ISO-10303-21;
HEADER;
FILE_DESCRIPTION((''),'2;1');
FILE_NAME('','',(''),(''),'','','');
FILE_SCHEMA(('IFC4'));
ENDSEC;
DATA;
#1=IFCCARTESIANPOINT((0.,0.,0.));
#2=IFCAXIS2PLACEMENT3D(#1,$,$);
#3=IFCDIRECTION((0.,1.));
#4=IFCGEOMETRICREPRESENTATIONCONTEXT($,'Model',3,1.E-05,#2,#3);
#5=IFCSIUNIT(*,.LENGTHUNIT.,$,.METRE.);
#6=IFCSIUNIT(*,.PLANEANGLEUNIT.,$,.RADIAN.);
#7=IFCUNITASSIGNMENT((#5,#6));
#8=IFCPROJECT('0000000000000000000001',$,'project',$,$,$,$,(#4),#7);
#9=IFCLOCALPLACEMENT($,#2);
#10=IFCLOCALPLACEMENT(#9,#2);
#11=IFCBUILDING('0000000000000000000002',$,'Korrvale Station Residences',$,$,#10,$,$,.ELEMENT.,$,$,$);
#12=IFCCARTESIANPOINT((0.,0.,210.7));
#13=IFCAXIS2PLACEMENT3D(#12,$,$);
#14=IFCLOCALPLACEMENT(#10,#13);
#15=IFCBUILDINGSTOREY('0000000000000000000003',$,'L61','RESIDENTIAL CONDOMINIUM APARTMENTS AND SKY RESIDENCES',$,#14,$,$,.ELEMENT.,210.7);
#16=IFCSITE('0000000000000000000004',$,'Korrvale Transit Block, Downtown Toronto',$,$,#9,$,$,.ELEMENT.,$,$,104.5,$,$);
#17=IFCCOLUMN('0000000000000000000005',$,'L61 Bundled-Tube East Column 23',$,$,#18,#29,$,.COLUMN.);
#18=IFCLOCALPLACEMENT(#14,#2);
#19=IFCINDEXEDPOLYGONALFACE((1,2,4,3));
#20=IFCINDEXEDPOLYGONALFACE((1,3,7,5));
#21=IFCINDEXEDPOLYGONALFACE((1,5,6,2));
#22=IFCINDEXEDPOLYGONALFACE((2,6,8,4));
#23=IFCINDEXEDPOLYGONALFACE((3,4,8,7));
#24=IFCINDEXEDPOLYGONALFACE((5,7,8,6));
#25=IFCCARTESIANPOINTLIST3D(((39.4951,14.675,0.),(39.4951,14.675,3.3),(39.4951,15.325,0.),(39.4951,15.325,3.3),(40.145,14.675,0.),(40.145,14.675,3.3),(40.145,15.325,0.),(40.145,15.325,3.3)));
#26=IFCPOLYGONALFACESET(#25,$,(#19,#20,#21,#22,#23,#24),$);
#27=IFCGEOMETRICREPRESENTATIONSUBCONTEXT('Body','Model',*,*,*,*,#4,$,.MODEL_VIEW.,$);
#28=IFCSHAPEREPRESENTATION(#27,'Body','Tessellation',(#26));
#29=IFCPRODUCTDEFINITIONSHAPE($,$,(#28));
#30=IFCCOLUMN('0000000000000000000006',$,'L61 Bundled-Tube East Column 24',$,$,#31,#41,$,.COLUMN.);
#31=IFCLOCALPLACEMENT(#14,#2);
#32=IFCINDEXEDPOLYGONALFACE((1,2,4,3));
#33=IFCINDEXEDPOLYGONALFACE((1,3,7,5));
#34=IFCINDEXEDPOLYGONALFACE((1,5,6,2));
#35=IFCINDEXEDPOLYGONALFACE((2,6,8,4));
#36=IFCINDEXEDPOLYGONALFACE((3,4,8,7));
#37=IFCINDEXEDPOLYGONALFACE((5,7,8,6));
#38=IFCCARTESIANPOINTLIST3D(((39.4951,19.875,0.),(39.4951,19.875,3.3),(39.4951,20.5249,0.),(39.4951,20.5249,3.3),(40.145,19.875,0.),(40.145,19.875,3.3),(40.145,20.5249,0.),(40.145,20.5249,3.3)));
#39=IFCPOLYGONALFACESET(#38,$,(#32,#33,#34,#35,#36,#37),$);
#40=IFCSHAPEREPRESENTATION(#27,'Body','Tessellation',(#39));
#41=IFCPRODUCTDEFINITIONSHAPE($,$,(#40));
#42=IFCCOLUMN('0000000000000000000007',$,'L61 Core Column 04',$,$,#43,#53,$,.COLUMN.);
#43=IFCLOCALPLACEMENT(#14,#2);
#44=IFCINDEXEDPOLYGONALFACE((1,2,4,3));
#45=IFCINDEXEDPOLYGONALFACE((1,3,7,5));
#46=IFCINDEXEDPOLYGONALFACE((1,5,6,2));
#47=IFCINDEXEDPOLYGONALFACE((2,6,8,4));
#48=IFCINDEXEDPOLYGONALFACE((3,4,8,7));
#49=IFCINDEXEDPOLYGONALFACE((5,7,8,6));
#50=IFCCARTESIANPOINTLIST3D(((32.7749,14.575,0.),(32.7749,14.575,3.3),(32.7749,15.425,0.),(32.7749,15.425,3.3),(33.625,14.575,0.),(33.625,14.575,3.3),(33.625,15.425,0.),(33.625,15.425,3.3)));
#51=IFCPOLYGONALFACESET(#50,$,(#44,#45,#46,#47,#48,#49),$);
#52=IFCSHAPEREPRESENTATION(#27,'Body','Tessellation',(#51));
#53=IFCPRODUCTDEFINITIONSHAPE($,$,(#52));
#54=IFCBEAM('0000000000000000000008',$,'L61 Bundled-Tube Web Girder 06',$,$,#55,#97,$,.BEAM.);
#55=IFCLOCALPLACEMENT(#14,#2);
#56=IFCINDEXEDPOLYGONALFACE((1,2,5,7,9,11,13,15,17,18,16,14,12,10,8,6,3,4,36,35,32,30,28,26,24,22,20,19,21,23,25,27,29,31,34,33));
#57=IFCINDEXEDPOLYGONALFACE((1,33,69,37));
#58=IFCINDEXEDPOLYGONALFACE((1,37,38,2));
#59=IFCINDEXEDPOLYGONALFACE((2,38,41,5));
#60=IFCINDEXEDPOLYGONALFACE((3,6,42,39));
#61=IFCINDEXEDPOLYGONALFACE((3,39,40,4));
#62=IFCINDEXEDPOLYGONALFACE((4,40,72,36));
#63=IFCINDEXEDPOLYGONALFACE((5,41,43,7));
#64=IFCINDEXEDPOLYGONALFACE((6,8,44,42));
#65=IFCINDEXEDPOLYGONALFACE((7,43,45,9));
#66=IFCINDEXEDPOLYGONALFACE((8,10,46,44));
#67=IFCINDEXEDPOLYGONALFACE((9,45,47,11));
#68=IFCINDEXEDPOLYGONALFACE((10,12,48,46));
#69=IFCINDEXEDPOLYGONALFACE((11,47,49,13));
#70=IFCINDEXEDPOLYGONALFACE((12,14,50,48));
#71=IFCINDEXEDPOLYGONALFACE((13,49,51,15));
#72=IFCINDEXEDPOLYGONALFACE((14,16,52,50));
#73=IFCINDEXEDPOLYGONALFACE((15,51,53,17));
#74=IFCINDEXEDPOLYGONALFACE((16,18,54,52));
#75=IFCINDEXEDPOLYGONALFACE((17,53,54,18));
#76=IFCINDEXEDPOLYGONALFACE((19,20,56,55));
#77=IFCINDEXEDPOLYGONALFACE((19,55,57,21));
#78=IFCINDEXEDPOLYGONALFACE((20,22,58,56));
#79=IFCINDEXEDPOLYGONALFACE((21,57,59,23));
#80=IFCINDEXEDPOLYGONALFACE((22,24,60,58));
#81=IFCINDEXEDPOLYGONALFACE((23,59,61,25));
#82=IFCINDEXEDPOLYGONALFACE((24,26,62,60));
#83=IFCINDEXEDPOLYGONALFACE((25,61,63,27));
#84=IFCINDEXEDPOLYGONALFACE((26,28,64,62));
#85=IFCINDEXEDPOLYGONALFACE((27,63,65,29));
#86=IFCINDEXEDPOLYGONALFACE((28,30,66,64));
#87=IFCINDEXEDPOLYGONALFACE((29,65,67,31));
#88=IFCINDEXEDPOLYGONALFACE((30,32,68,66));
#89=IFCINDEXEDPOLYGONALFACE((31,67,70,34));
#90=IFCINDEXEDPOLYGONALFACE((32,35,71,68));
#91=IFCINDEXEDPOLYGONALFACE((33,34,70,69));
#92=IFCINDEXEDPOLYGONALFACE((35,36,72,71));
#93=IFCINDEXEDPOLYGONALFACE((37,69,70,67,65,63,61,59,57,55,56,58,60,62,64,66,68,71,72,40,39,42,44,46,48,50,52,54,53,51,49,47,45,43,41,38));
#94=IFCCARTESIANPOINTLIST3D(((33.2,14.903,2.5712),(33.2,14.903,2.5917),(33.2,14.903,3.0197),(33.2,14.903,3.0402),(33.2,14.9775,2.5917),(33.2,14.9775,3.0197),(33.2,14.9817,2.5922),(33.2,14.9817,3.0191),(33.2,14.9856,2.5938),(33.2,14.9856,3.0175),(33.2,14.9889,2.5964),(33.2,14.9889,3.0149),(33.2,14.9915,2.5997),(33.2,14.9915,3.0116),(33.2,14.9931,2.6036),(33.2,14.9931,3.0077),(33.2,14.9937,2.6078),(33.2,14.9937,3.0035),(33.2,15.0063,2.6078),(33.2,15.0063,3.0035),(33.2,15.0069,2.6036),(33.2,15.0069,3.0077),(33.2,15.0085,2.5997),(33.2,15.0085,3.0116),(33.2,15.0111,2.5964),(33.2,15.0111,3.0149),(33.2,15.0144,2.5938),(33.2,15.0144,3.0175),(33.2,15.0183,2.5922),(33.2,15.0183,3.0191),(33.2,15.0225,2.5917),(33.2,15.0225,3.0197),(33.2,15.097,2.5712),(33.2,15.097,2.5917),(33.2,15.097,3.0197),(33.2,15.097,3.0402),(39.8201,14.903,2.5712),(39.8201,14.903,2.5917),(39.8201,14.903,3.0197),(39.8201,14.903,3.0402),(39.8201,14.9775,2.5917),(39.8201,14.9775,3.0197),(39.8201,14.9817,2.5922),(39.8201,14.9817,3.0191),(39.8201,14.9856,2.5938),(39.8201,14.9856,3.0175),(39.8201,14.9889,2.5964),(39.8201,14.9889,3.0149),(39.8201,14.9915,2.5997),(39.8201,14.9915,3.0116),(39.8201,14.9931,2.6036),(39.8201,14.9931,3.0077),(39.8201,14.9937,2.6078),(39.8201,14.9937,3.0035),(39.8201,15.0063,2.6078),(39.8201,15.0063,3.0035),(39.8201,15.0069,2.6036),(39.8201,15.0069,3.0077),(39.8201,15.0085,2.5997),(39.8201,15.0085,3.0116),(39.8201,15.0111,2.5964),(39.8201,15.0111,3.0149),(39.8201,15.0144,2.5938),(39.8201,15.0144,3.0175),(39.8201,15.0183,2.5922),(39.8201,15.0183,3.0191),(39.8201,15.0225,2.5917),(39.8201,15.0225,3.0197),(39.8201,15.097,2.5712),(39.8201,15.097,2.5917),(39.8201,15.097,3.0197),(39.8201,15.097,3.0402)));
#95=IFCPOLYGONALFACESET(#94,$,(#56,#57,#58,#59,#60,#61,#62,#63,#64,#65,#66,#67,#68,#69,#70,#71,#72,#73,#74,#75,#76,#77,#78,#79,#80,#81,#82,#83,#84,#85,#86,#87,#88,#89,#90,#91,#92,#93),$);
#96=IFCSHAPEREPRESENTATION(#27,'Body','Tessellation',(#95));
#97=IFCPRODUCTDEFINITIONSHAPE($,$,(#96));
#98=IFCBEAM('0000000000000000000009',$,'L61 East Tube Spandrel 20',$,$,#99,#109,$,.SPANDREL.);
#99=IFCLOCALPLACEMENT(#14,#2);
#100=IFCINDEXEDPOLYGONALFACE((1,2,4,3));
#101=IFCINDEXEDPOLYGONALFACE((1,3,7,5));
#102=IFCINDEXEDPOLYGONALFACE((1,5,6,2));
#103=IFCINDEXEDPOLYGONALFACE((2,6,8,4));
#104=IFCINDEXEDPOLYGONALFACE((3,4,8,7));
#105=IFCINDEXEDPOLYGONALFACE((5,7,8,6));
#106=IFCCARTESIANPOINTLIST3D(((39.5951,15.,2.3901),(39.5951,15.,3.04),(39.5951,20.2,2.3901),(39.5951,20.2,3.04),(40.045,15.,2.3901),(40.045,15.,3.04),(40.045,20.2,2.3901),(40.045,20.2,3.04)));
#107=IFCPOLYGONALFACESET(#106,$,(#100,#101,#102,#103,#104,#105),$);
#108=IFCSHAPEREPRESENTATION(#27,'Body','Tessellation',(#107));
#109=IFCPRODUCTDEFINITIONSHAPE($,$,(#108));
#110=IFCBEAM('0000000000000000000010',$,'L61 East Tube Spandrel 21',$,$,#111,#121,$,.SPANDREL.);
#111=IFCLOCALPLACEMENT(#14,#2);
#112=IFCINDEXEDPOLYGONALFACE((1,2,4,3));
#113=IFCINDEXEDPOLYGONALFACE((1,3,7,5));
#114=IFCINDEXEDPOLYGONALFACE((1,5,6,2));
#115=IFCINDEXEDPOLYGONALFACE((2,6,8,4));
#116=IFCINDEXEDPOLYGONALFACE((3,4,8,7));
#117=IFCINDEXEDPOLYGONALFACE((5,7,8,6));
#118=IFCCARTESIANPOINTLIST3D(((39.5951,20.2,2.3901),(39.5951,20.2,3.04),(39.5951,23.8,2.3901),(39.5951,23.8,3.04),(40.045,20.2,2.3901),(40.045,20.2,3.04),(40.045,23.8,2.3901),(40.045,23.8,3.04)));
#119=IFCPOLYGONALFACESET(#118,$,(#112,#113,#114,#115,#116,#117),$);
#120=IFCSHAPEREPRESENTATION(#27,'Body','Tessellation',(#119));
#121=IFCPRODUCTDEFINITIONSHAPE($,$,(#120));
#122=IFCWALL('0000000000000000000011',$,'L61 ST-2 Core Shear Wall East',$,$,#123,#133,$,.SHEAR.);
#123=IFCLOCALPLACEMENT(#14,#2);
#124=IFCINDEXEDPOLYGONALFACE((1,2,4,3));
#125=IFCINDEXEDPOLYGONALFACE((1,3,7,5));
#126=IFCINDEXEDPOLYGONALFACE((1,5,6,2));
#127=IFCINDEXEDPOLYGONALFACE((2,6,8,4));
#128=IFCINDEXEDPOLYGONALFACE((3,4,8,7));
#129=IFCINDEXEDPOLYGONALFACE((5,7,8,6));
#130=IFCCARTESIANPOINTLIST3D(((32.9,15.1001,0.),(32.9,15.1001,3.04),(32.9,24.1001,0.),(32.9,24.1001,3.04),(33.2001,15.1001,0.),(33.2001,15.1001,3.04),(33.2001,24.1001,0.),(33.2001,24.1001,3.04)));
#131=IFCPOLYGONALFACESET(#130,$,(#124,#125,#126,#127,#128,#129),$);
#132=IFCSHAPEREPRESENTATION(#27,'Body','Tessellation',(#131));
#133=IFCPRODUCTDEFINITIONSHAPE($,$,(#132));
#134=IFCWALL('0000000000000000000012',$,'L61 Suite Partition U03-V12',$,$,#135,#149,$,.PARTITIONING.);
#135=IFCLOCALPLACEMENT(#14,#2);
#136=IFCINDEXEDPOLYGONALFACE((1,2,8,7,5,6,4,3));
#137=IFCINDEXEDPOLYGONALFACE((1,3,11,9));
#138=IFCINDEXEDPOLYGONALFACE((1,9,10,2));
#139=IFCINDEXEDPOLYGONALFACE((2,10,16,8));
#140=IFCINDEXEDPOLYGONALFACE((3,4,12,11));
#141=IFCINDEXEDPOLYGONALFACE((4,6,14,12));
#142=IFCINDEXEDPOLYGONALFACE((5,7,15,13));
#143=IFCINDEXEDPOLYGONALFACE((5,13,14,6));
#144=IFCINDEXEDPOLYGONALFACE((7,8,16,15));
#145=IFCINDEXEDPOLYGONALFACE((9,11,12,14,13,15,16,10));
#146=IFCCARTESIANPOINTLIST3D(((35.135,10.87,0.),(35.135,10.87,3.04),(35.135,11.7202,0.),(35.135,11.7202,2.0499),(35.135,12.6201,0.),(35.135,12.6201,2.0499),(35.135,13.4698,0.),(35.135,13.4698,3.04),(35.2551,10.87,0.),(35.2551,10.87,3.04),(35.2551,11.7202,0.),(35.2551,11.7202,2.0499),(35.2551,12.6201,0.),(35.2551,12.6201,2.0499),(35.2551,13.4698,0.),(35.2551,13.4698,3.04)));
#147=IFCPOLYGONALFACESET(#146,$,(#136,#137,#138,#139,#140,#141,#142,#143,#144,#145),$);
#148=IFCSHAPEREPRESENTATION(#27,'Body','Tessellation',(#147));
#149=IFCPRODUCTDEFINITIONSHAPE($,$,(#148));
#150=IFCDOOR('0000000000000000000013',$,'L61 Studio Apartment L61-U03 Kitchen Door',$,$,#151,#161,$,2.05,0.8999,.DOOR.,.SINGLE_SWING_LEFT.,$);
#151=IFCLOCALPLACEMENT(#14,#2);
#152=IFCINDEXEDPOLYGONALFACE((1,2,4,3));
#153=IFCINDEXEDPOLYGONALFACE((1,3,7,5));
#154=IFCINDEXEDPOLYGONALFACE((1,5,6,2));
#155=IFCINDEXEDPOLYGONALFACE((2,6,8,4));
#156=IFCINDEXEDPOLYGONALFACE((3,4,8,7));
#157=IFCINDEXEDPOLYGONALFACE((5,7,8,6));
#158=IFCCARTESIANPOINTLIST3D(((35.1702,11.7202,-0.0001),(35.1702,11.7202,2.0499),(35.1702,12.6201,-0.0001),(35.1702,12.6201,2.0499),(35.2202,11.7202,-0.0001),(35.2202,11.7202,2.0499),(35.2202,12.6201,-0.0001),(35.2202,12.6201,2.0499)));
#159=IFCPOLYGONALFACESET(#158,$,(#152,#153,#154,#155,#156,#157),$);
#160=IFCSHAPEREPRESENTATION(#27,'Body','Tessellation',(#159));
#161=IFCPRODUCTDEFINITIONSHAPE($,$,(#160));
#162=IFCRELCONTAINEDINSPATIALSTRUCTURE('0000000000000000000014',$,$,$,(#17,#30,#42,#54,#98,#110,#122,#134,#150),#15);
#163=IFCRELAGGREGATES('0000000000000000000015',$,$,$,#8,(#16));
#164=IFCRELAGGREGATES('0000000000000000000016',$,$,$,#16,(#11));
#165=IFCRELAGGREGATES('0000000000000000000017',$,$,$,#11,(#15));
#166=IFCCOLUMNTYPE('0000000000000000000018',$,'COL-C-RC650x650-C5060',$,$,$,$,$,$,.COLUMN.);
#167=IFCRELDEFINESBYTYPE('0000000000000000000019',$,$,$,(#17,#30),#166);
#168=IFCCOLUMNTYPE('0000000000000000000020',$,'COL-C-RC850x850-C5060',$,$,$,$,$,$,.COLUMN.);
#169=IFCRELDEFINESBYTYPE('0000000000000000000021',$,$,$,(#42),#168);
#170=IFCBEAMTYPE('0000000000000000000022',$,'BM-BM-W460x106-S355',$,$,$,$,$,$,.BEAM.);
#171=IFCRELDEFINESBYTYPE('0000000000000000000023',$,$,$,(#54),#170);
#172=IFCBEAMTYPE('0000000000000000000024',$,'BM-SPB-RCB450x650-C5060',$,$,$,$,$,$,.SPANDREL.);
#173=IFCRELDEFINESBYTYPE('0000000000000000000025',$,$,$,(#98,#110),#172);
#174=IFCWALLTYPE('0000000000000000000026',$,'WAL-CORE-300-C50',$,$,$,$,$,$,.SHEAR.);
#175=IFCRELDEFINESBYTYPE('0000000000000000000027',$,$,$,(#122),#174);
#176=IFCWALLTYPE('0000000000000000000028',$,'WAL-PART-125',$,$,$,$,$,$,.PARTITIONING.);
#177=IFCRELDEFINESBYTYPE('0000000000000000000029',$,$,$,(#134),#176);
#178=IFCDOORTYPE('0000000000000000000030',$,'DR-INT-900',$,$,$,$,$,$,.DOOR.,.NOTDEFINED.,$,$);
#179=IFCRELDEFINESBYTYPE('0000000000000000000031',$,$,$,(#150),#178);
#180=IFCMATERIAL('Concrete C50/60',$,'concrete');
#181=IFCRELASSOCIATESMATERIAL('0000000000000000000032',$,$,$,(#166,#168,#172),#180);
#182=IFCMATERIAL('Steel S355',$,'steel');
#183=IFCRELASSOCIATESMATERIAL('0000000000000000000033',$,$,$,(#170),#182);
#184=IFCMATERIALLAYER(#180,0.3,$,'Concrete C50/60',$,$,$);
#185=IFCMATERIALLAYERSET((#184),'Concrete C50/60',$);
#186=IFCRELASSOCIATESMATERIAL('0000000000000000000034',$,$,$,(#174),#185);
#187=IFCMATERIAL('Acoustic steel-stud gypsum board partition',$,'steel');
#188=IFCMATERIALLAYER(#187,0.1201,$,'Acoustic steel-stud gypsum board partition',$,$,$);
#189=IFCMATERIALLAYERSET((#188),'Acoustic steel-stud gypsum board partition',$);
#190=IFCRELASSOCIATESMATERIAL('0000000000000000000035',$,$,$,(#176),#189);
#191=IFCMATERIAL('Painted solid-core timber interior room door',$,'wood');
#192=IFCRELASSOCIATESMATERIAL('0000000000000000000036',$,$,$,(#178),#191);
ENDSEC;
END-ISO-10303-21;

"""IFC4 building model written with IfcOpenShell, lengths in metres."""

from ifc_helpers import new_model, si_unit, direction, frame, frame_2d, origin, origin_2d, place, context, subcontext, project, spatial, rectangle, i_section, extrude, material, layer, layer_set, material_profile, profile_set, type_object, element, fill, save


model = new_model("IFC4")

# Units and contexts
model_context = context("Model", 3, precision=1e-05, world=origin(), true_north=direction((0.0, 1.0)))
body_context = subcontext(model_context, "Body", "Model", "MODEL_VIEW")
ifc_project = project(units=[si_unit("LENGTHUNIT", "METRE"), si_unit("PLANEANGLEUNIT", "RADIAN")], contexts=[model_context])

# Site, building, storey
site_placement = place(None, origin())
site = spatial("IfcSite", under=ifc_project, at=site_placement, Name="Korrvale Transit Block, Downtown Toronto", CompositionType="ELEMENT", RefElevation=104.5)
building_placement = place(site_placement, origin())
building = spatial("IfcBuilding", under=site, at=building_placement, Name="Korrvale Station Residences", CompositionType="ELEMENT")
storey_placement = place(building_placement, frame((0.0, 0.0, 210.7)))
storey = spatial("IfcBuildingStorey", under=building, at=storey_placement, Name="L61", Description="RESIDENTIAL CONDOMINIUM APARTMENTS AND SKY RESIDENCES", CompositionType="ELEMENT", Elevation=210.7)

# Columns
ifc_material_1 = material(Name="Concrete C50/60", Category="concrete")
ifc_material_profile_1 = material_profile(ifc_material_1, rectangle(XDim=0.6499, YDim=0.6499, at=origin_2d()), Name="RC650x650")
ifc_profile_set_1 = profile_set([ifc_material_profile_1], Name="Concrete C50/60")
column_type_1 = type_object("IfcColumnType", Name="COL-C-RC650x650-C5060", PredefinedType="COLUMN", material=ifc_profile_set_1)
for number, where, z_axis, x_axis, name in (
    (1, (39.8201, 15.0, 0.0), (0.0, 0.0, 1.0), (1.0, 0.0, 0.0), "L61 Bundled-Tube East Column 23"),
    (2, (39.8201, 20.2, 0.0), (0.0, 0.0, 1.0), (1.0, 0.0, 0.0), "L61 Bundled-Tube East Column 24"),
):
    element("IfcColumn", number, at=place(storey_placement, frame(where, z_axis=z_axis, x_axis=x_axis)), inside=storey, type_object=column_type_1, Name=name, PredefinedType="COLUMN", context=body_context, shape_type="SweptSolid", body=[
        extrude(rectangle(XDim=0.6499, YDim=0.6499, at=origin_2d()), origin(), (0.0, 0.0, 1.0), 3.3),
    ])
ifc_material_profile_2 = material_profile(ifc_material_1, rectangle(XDim=0.8501, YDim=0.8501, at=origin_2d()), Name="RC850x850")
ifc_profile_set_2 = profile_set([ifc_material_profile_2], Name="Concrete C50/60")
column_type_2 = type_object("IfcColumnType", Name="COL-C-RC850x850-C5060", PredefinedType="COLUMN", material=ifc_profile_set_2)
column_placement = place(storey_placement, frame((33.2, 15.0, 0.0), z_axis=(0.0, 0.0, 1.0), x_axis=(1.0, 0.0, 0.0)))
element("IfcColumn", 3, at=column_placement, inside=storey, type_object=column_type_2, Name="L61 Core Column 04", PredefinedType="COLUMN", context=body_context, shape_type="SweptSolid", body=[
    extrude(rectangle(XDim=0.8501, YDim=0.8501, at=origin_2d()), origin(), (0.0, 0.0, 1.0), 3.3),
])

# Beams
ifc_material_2 = material(Name="Steel S355", Category="steel")
ifc_material_profile_3 = material_profile(ifc_material_2, i_section(OverallWidth=0.1941, OverallDepth=0.469, WebThickness=0.0127, FlangeThickness=0.0205, FilletRadius=0.0161, at=origin_2d()), Name="W460x106")
ifc_profile_set_3 = profile_set([ifc_material_profile_3], Name="Steel S355")
beam_type_1 = type_object("IfcBeamType", Name="BM-BM-W460x106-S355", PredefinedType="BEAM", material=ifc_profile_set_3)
beam_1_placement = place(storey_placement, frame((33.2, 15.0, 2.8057), z_axis=(1.0, 0.0, 0.0), x_axis=(0.0, 1.0, 0.0)))
element("IfcBeam", 4, at=beam_1_placement, inside=storey, type_object=beam_type_1, Name="L61 Bundled-Tube Web Girder 06", PredefinedType="BEAM", context=body_context, shape_type="SweptSolid", body=[
    extrude(i_section(OverallWidth=0.1941, OverallDepth=0.469, WebThickness=0.0127, FlangeThickness=0.0205, FilletRadius=0.0161, at=origin_2d()), origin(), (0.0, 0.0, 1.0), 6.6201),
])
ifc_material_profile_4 = material_profile(ifc_material_1, rectangle(XDim=0.45, YDim=0.6499, at=origin_2d()), Name="RCB450x650")
ifc_profile_set_4 = profile_set([ifc_material_profile_4], Name="Concrete C50/60")
beam_type_2 = type_object("IfcBeamType", Name="BM-SPB-RCB450x650-C5060", PredefinedType="SPANDREL", material=ifc_profile_set_4)
beam_2_placement = place(storey_placement, frame((39.8201, 15.0, 2.7151), z_axis=(0.0, 1.0, 0.0), x_axis=(-1.0, 0.0, 0.0)))
element("IfcBeam", 5, at=beam_2_placement, inside=storey, type_object=beam_type_2, Name="L61 East Tube Spandrel 20", PredefinedType="SPANDREL", context=body_context, shape_type="SweptSolid", body=[
    extrude(rectangle(XDim=0.45, YDim=0.6499, at=origin_2d()), origin(), (0.0, 0.0, 1.0), 5.2),
])
beam_3_placement = place(storey_placement, frame((39.8201, 20.2, 2.7151), z_axis=(0.0, 1.0, 0.0), x_axis=(-1.0, 0.0, 0.0)))
element("IfcBeam", 6, at=beam_3_placement, inside=storey, type_object=beam_type_2, Name="L61 East Tube Spandrel 21", PredefinedType="SPANDREL", context=body_context, shape_type="SweptSolid", body=[
    extrude(rectangle(XDim=0.45, YDim=0.6499, at=origin_2d()), origin(), (0.0, 0.0, 1.0), 3.6001),
])

# Wall
ifc_layer_1 = layer(ifc_material_1, 0.3, Name="Concrete C50/60")
ifc_layer_set_1 = layer_set([ifc_layer_1], Name="Concrete C50/60")
wall_type_1 = type_object("IfcWallType", Name="WAL-CORE-300-C50", PredefinedType="SHEAR", material=ifc_layer_set_1)
wall_1_placement = place(storey_placement, frame((33.05, 15.1001, 0.0), z_axis=(0.0, 0.0, 1.0), x_axis=(0.0, 1.0, 0.0)))
element("IfcWall", 7, at=wall_1_placement, inside=storey, type_object=wall_type_1, Name="L61 ST-2 Core Shear Wall East", PredefinedType="SHEAR", context=body_context, shape_type="SweptSolid", body=[
    extrude(rectangle(XDim=9.0, YDim=0.3, at=frame_2d((4.5, 0.0))), origin(), (0.0, 0.0, 1.0), 3.04),
])

# Wall, opening, door
ifc_material_3 = material(Name="Acoustic steel-stud gypsum board partition", Category="steel")
ifc_layer_2 = layer(ifc_material_3, 0.1201, Name="Acoustic steel-stud gypsum board partition")
ifc_layer_set_2 = layer_set([ifc_layer_2], Name="Acoustic steel-stud gypsum board partition")
wall_type_2 = type_object("IfcWallType", Name="WAL-PART-125", PredefinedType="PARTITIONING", material=ifc_layer_set_2)
wall_2_placement = place(storey_placement, frame((35.1951, 10.8701, 0.0), z_axis=(0.0, 0.0, 1.0), x_axis=(0.0, 1.0, 0.0)))
wall_2 = element("IfcWall", 8, at=wall_2_placement, inside=storey, type_object=wall_type_2, Name="L61 Suite Partition U03-V12", PredefinedType="PARTITIONING", context=body_context, shape_type="SweptSolid", body=[
    extrude(rectangle(XDim=2.5999, YDim=0.1201, at=frame_2d((1.2998, 0.0))), origin(), (0.0, 0.0, 1.0), 3.04),
])
opening_1_placement = place(wall_2_placement, frame((0.8501, 0.0, 0.0)))
opening_1 = element("IfcOpeningElement", 9, at=opening_1_placement, cuts=wall_2, PredefinedType="OPENING", context=body_context, shape_type="SweptSolid", body=[
    extrude(rectangle(XDim=0.8999, YDim=2.05, at=frame_2d((0.45, 1.0249))), frame((0.0, 0.0701, 0.0), z_axis=(0.0, -1.0, 0.0), x_axis=(1.0, 0.0, 0.0)), (0.0, 0.0, 1.0), 0.1401),
])
ifc_material_4 = material(Name="Painted solid-core timber interior room door", Category="wood")
door_type_1 = type_object("IfcDoorType", Name="DR-INT-900", OperationType="NOTDEFINED", PredefinedType="DOOR", material=ifc_material_4)
door_1_placement = place(opening_1_placement, origin())
door_1 = element("IfcDoor", 10, at=door_1_placement, inside=storey, type_object=door_type_1, Name="L61 Studio Apartment L61-U03 Kitchen Door", OperationType="SINGLE_SWING_LEFT", OverallHeight=2.05, OverallWidth=0.8999, PredefinedType="DOOR", context=body_context, shape_type="SweptSolid", body=[
    extrude(rectangle(XDim=0.8999, YDim=2.05, at=frame_2d((0.45, 1.0249))), frame((0.0, 0.0249, 0.0), z_axis=(0.0, -1.0, 0.0), x_axis=(1.0, 0.0, 0.0)), (0.0, 0.0, 1.0), 0.05),
])
fill(opening_1, door_1)

save(model, "model.ifc")
